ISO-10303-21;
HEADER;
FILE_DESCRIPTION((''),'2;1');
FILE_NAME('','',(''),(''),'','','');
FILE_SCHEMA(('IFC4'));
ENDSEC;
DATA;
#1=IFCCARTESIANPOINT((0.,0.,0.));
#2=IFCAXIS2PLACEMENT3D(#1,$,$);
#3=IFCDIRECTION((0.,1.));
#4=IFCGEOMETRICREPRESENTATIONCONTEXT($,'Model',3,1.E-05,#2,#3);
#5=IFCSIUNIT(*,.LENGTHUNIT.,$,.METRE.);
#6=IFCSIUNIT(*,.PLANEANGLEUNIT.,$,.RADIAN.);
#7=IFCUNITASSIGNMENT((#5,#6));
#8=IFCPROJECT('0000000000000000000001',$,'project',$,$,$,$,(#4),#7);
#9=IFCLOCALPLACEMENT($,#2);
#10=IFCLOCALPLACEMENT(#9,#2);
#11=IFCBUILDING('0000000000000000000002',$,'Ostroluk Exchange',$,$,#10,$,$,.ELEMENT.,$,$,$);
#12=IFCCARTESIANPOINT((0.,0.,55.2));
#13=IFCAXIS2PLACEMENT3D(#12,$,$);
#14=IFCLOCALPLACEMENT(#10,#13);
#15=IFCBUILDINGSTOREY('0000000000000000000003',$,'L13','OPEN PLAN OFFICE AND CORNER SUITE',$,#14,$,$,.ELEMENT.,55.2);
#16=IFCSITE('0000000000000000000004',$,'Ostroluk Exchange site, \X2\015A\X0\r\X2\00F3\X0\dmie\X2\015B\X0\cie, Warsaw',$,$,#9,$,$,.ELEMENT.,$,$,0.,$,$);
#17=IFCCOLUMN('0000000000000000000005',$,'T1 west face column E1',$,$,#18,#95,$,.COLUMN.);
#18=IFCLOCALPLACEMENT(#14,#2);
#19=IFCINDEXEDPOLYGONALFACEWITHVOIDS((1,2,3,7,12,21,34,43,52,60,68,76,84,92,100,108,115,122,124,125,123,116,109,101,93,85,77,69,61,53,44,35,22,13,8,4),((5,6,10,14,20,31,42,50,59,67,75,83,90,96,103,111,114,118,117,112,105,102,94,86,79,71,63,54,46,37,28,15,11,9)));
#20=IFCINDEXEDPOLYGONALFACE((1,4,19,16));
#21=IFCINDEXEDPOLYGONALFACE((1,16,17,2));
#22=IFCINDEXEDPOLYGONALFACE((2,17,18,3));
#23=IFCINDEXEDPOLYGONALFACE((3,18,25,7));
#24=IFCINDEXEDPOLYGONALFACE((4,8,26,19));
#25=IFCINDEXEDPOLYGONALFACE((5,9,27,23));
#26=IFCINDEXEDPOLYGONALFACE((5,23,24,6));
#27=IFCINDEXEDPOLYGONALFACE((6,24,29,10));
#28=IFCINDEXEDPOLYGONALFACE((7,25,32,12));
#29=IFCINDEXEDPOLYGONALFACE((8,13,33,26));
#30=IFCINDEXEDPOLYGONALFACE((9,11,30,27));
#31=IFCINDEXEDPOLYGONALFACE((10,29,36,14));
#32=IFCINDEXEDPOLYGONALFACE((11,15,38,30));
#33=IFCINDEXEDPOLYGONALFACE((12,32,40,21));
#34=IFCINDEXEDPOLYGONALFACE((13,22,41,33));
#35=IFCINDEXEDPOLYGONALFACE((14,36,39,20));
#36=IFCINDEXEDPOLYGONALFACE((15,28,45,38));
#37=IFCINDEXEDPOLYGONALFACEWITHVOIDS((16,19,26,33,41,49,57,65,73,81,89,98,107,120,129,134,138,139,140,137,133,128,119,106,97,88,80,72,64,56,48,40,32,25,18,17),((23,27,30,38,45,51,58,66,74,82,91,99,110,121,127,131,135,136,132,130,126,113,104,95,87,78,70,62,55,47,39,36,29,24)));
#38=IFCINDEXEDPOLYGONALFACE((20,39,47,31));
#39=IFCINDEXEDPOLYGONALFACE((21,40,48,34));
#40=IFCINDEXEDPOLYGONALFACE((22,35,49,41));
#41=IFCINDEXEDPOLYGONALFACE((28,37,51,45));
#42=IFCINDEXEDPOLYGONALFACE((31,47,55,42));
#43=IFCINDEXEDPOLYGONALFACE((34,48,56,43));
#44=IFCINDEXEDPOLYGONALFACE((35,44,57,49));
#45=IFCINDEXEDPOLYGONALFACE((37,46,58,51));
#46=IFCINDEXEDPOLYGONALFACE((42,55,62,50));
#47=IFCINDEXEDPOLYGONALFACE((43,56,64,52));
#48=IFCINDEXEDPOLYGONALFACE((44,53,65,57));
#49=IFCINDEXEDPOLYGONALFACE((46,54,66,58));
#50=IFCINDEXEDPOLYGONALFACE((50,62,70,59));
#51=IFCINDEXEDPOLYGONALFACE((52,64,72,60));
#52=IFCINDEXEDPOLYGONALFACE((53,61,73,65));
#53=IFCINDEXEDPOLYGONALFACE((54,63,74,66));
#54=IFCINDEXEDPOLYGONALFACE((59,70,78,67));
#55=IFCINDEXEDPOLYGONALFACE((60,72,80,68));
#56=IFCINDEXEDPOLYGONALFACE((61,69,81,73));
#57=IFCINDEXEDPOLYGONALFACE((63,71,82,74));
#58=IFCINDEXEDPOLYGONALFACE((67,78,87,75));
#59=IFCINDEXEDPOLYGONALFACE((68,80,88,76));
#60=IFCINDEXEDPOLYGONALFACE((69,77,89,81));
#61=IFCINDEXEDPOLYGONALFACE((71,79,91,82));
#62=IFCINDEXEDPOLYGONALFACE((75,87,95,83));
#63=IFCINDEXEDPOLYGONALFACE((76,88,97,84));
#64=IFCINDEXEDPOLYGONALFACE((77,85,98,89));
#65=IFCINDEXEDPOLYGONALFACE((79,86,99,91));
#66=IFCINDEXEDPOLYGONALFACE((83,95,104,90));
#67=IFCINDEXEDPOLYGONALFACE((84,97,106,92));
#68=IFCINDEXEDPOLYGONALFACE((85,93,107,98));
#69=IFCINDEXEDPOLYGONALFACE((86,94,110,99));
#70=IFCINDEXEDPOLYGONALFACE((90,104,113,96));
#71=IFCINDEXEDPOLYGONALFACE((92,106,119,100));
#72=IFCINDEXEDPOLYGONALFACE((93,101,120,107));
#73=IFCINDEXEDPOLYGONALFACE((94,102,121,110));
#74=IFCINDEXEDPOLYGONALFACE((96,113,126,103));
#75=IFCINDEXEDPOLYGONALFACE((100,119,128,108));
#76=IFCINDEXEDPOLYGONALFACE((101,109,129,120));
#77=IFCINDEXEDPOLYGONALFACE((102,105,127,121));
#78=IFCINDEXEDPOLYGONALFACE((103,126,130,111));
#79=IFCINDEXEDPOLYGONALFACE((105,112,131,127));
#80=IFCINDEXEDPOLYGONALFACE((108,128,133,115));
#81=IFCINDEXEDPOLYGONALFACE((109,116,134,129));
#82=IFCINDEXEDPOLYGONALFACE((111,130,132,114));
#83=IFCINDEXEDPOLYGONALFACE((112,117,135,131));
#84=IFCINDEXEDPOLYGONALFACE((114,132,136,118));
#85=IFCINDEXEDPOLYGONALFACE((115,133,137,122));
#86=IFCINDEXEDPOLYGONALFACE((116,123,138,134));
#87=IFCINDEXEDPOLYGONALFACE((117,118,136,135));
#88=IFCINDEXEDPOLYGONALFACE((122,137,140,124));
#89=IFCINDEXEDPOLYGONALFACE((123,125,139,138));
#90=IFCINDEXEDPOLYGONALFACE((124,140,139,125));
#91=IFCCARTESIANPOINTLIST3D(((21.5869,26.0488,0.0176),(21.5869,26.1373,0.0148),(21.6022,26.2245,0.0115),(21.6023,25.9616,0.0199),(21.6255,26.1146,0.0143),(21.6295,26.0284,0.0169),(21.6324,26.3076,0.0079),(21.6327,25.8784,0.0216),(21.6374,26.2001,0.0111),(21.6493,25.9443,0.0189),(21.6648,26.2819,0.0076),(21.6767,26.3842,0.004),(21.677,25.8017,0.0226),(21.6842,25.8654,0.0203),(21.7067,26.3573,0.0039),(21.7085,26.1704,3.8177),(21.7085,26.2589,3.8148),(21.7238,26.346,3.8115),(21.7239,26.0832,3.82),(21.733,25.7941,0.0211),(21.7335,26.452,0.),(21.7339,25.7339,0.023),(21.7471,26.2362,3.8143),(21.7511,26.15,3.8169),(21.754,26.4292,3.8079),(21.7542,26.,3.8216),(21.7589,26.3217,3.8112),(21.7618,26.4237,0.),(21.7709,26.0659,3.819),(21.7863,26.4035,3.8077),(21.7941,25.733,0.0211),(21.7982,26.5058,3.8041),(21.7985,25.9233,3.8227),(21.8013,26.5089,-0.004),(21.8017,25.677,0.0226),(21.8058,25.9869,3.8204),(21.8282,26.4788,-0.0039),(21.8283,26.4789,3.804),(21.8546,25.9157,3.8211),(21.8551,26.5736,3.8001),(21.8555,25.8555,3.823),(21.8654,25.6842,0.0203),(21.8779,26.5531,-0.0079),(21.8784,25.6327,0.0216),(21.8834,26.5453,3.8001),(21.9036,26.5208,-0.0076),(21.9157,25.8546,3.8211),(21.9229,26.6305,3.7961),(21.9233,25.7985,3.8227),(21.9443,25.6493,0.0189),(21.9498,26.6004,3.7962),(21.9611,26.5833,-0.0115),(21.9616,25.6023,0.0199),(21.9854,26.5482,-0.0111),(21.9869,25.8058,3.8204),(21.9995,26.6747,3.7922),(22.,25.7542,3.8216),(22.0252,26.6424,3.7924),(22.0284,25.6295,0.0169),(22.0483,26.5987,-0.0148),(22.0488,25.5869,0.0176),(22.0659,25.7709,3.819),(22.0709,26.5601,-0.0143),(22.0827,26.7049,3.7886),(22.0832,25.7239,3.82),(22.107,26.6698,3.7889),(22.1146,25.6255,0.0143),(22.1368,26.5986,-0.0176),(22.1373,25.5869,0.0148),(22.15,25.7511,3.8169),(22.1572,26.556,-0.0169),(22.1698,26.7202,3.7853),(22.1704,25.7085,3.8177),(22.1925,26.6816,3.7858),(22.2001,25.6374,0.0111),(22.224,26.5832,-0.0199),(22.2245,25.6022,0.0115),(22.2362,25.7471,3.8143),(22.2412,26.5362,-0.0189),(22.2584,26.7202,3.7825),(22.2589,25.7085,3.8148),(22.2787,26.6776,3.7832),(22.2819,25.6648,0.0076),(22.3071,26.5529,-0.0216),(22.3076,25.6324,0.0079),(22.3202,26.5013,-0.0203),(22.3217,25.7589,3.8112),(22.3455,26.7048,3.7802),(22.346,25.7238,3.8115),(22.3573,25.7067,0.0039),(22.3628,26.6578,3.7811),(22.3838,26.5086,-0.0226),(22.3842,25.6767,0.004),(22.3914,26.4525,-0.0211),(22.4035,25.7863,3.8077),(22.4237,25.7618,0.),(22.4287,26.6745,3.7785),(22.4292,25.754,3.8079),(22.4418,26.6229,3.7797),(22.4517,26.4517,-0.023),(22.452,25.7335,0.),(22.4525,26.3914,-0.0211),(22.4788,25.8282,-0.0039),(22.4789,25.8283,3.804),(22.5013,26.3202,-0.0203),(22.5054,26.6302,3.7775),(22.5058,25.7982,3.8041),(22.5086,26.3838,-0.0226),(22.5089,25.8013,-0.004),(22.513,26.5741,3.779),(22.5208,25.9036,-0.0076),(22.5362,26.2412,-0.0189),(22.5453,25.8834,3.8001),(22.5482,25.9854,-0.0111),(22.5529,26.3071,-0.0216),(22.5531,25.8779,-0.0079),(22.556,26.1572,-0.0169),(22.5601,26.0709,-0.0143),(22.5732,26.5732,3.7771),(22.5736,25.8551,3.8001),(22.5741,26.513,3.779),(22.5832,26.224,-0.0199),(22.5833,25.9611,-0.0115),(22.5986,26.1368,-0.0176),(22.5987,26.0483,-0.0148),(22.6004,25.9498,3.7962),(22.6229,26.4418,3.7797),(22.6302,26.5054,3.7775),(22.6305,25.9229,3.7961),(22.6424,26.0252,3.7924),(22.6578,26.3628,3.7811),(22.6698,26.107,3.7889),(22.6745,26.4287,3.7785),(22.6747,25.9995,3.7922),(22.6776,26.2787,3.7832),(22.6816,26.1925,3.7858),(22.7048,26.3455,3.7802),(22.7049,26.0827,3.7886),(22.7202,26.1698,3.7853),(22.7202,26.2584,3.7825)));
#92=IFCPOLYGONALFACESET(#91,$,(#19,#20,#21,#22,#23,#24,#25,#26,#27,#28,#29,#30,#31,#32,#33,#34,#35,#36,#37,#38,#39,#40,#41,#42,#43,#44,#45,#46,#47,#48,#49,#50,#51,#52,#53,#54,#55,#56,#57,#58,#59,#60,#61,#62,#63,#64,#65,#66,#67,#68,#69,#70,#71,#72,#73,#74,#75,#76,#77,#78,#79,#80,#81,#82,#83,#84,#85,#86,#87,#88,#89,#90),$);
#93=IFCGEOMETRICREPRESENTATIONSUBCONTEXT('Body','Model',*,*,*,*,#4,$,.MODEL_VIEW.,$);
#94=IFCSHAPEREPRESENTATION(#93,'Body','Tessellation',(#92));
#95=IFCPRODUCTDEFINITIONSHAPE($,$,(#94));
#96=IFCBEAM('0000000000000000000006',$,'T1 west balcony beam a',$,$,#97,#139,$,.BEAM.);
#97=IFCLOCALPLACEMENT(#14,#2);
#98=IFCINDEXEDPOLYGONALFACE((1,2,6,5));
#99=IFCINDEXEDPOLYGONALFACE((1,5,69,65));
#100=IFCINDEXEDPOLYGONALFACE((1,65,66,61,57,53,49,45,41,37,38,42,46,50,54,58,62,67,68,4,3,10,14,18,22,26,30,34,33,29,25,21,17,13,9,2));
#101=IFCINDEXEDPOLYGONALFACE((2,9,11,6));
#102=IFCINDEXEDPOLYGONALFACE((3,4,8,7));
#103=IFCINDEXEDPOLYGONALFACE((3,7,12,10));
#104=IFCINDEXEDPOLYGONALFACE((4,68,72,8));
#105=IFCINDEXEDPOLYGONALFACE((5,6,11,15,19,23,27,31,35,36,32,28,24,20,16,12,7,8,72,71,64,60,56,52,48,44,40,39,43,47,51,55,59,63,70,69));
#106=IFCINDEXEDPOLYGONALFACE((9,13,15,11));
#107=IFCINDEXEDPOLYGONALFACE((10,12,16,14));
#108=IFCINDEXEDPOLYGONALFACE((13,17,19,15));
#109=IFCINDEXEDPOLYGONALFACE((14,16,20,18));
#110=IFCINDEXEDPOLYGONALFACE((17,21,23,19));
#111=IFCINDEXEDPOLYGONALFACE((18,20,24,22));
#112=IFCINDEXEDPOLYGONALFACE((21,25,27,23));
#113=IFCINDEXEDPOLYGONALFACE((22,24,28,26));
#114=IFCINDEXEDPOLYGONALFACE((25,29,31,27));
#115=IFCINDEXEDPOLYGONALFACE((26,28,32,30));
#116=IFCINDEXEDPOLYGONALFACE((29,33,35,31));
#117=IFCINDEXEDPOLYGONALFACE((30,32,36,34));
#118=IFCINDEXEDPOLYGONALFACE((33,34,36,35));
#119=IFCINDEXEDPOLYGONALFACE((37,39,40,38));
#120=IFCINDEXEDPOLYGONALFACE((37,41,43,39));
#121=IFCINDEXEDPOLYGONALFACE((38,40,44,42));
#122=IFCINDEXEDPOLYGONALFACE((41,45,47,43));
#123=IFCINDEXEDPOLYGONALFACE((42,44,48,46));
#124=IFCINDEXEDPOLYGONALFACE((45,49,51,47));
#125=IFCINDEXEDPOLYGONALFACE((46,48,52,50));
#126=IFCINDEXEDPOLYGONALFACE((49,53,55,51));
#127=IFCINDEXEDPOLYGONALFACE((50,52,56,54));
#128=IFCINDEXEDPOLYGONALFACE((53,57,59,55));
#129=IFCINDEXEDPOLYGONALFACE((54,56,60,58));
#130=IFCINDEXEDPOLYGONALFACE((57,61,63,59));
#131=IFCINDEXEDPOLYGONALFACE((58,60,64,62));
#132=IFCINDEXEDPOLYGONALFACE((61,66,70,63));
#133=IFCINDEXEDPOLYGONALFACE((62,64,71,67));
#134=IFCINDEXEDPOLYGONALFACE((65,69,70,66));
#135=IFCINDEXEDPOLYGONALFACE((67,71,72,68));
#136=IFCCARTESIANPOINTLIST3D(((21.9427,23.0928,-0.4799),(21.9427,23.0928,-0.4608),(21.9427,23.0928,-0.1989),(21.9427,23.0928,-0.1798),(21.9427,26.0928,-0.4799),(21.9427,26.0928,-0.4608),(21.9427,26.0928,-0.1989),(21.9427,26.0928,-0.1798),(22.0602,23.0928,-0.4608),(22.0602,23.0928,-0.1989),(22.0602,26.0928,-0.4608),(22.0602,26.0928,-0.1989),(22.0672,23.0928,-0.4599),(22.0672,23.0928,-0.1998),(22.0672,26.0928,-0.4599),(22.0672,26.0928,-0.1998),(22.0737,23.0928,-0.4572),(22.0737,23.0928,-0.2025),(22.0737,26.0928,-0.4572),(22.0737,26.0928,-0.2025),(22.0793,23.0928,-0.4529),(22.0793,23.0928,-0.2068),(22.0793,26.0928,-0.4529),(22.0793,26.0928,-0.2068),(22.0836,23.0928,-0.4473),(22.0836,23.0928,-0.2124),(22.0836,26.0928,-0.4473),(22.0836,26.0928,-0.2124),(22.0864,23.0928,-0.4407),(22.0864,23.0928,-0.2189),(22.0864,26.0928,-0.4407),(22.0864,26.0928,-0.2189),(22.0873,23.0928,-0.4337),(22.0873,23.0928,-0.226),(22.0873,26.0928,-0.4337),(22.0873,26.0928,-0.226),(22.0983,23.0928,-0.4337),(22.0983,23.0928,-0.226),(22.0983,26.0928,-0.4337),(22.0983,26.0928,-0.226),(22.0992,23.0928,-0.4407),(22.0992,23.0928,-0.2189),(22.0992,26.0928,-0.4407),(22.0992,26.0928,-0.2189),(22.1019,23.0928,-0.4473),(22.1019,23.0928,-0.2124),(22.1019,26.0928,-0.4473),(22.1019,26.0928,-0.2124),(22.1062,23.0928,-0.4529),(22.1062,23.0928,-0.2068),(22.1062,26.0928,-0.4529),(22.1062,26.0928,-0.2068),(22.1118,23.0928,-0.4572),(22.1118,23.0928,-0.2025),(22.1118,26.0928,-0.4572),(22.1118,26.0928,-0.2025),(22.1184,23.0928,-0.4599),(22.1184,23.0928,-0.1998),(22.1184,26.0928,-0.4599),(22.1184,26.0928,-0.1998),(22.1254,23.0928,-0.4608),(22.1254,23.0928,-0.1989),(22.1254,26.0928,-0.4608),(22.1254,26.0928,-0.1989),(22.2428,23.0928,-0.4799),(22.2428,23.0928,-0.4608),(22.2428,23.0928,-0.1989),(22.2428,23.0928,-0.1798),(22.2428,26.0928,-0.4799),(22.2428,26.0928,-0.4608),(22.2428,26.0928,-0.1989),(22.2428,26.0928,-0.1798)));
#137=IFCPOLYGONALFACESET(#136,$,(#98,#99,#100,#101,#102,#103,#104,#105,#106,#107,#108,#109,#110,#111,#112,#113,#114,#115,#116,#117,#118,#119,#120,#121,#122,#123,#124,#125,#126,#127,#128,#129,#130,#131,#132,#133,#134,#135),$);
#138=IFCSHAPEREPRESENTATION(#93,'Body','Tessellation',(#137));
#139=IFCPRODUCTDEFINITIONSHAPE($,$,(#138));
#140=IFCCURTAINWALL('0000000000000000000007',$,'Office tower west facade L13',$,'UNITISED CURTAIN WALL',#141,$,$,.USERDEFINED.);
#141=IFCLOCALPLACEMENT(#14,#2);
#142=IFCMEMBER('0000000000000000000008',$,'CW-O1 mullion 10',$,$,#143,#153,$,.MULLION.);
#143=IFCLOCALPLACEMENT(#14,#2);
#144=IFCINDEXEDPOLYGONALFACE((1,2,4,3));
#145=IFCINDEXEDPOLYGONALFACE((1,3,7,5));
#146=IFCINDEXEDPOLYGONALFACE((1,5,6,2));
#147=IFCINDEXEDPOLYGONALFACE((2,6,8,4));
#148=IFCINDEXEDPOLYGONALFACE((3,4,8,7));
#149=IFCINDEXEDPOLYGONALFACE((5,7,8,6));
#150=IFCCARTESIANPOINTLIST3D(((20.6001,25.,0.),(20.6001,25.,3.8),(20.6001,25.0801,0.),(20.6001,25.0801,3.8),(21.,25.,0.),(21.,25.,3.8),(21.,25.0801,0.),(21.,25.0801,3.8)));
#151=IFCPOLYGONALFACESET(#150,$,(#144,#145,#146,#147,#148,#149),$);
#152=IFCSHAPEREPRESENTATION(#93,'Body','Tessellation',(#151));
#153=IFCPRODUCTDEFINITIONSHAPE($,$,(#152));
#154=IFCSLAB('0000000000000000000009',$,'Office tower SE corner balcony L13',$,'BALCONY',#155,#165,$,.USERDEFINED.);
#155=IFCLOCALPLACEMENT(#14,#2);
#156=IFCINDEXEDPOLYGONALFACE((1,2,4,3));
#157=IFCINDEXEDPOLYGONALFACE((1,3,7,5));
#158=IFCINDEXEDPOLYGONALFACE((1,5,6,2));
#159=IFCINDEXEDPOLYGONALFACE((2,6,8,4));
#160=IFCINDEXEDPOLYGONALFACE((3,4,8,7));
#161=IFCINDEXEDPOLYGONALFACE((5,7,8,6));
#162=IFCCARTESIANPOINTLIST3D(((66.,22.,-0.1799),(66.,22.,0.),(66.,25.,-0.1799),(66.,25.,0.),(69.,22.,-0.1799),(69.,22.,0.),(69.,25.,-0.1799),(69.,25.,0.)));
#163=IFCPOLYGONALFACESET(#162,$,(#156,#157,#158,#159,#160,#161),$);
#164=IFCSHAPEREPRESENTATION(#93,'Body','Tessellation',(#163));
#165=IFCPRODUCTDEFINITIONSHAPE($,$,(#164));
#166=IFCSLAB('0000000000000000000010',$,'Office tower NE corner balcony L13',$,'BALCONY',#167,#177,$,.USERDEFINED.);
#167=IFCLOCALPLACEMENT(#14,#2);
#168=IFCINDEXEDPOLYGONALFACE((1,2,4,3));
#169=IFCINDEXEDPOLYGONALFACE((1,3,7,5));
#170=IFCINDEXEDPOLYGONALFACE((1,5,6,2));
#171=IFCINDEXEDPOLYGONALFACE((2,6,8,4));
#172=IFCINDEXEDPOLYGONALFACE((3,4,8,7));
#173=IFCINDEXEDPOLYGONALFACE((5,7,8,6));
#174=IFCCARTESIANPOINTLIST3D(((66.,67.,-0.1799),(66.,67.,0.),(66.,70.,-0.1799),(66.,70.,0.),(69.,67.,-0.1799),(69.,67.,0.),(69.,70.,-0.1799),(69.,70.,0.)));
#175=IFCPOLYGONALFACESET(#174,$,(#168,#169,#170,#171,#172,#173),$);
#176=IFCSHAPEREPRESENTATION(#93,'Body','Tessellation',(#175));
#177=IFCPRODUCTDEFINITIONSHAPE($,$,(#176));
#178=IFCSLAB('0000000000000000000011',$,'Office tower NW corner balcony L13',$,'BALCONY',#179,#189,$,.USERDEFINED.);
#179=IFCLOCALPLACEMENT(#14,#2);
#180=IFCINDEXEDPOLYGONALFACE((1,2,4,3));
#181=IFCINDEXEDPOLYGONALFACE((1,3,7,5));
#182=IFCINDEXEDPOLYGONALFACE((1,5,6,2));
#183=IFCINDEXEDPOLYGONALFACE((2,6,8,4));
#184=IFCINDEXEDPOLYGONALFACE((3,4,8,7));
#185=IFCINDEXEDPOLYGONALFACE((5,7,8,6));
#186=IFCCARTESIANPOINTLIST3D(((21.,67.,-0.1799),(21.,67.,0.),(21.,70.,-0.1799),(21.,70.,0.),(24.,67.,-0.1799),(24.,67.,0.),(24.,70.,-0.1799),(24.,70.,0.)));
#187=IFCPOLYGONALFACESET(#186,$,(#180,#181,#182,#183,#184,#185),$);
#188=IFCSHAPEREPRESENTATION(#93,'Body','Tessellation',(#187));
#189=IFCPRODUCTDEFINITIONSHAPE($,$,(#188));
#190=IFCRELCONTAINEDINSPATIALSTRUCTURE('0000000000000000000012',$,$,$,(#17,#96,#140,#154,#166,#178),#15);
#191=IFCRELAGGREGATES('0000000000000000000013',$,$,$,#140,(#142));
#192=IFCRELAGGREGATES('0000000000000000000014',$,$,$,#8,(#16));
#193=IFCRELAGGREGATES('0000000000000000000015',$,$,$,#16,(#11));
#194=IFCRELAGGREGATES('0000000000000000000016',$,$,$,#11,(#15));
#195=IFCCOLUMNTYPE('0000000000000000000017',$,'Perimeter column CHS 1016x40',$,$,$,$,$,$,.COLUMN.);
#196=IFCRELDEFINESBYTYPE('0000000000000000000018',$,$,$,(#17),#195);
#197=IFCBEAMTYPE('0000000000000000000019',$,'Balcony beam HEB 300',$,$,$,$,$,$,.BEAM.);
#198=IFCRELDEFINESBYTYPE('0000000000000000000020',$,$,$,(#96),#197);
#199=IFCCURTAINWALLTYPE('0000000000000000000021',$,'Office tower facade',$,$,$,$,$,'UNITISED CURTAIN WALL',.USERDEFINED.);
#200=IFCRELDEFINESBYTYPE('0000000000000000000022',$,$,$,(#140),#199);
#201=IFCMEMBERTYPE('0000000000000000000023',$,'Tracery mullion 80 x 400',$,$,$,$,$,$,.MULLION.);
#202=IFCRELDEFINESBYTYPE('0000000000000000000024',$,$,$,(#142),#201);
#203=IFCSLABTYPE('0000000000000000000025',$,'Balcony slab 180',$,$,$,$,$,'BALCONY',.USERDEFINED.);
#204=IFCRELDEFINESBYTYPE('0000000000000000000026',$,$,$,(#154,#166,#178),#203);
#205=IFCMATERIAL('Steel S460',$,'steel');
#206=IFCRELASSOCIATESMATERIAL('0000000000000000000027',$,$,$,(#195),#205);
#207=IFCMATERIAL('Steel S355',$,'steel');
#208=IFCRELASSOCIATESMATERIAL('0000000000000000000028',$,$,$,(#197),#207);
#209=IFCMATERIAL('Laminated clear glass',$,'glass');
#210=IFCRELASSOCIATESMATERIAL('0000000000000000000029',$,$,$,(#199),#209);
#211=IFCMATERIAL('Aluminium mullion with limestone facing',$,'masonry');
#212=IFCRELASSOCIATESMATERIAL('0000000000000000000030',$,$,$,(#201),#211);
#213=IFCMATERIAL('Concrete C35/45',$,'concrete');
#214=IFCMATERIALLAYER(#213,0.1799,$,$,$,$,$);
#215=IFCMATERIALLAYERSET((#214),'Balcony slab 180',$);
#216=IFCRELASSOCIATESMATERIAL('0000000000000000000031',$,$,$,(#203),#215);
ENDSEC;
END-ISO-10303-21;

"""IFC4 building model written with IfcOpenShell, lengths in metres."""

from ifc_helpers import new_model, si_unit, direction, frame, origin, origin_2d, place, context, subcontext, project, spatial, polyline, rectangle, hollow_circle, i_section, outline, extrude, material, layer, layer_set, material_profile, profile_set, type_object, element, aggregate, save


model = new_model("IFC4")

# Units and contexts
model_context = context("Model", 3, precision=1e-05, world=origin(), true_north=direction((0.0, 1.0)))
body_context = subcontext(model_context, "Body", "Model", "MODEL_VIEW")
ifc_project = project(units=[si_unit("LENGTHUNIT", "METRE"), si_unit("PLANEANGLEUNIT", "RADIAN")], contexts=[model_context])

# Site, building, storey
site_placement = place(None, origin())
site = spatial("IfcSite", under=ifc_project, at=site_placement, Name="Ostroluk Exchange site, Śródmieście, Warsaw", CompositionType="ELEMENT", RefElevation=0.0)
building_placement = place(site_placement, origin())
building = spatial("IfcBuilding", under=site, at=building_placement, Name="Ostroluk Exchange", CompositionType="ELEMENT")
storey_placement = place(building_placement, frame((0.0, 0.0, 55.2)))
storey = spatial("IfcBuildingStorey", under=building, at=storey_placement, Name="L13", Description="OPEN PLAN OFFICE AND CORNER SUITE", CompositionType="ELEMENT", Elevation=55.2)

# Column
ifc_material_1 = material(Name="Steel S460", Category="steel")
ifc_material_profile_1 = material_profile(ifc_material_1, hollow_circle(Radius=0.5081, WallThickness=0.04, at=origin_2d()), Name="CHS 1016x40")
ifc_profile_set_1 = profile_set([ifc_material_profile_1], Name="Steel S460")
column_type = type_object("IfcColumnType", Name="Perimeter column CHS 1016x40", PredefinedType="COLUMN", material=ifc_profile_set_1)
column_placement = place(storey_placement, frame((22.0928, 26.0928, 0.0), z_axis=(0.031962, 0.031962, 0.998978), x_axis=(-0.707107, 0.707107, 0.0)))
element("IfcColumn", 1, at=column_placement, inside=storey, type_object=column_type, Name="T1 west face column E1", PredefinedType="COLUMN", context=body_context, shape_type="SweptSolid", body=[
    extrude(hollow_circle(Radius=0.5081, WallThickness=0.04, at=origin_2d()), origin(), (0.0, 0.0, 1.0), 3.804),
])

# Beam
ifc_material_2 = material(Name="Steel S355", Category="steel")
ifc_material_profile_2 = material_profile(ifc_material_2, i_section(OverallWidth=0.3, OverallDepth=0.3, WebThickness=0.011, FlangeThickness=0.019, FilletRadius=0.0271, at=origin_2d()), Name="HEB 300")
ifc_profile_set_2 = profile_set([ifc_material_profile_2], Name="Steel S355")
beam_type = type_object("IfcBeamType", Name="Balcony beam HEB 300", PredefinedType="BEAM", material=ifc_profile_set_2)
beam_placement = place(storey_placement, frame((22.0928, 26.0928, -0.3298), z_axis=(0.0, -1.0, 0.0), x_axis=(1.0, 0.0, 0.0)))
element("IfcBeam", 2, at=beam_placement, inside=storey, type_object=beam_type, Name="T1 west balcony beam a", PredefinedType="BEAM", context=body_context, shape_type="SweptSolid", body=[
    extrude(i_section(OverallWidth=0.3, OverallDepth=0.3, WebThickness=0.011, FlangeThickness=0.019, FilletRadius=0.0271, at=origin_2d()), origin(), (0.0, 0.0, 1.0), 3.0),
])

# Curtain wall, member
ifc_material_3 = material(Name="Laminated clear glass", Category="glass")
curtain_wall_type = type_object("IfcCurtainWallType", Name="Office tower facade", ElementType="UNITISED CURTAIN WALL", PredefinedType="USERDEFINED", material=ifc_material_3)
curtain_wall_placement = place(storey_placement, origin())
curtain_wall = element("IfcCurtainWall", 3, at=curtain_wall_placement, inside=storey, type_object=curtain_wall_type, Name="Office tower west facade L13", ObjectType="UNITISED CURTAIN WALL", PredefinedType="USERDEFINED")
ifc_material_4 = material(Name="Aluminium mullion with limestone facing", Category="masonry")
ifc_material_profile_3 = material_profile(ifc_material_4, rectangle(XDim=0.3999, YDim=0.0801, at=origin_2d()), Name="Tracery mullion 80 x 400")
ifc_profile_set_3 = profile_set([ifc_material_profile_3], Name="Aluminium mullion with limestone facing")
member_type = type_object("IfcMemberType", Name="Tracery mullion 80 x 400", PredefinedType="MULLION", material=ifc_profile_set_3)
member_placement = place(storey_placement, frame((20.8, 25.04, 0.0), z_axis=(0.0, 0.0, 1.0), x_axis=(1.0, 0.0, 0.0)))
member = element("IfcMember", 4, at=member_placement, type_object=member_type, Name="CW-O1 mullion 10", PredefinedType="MULLION", context=body_context, shape_type="SweptSolid", body=[
    extrude(rectangle(XDim=0.3999, YDim=0.0801, at=origin_2d()), origin(), (0.0, 0.0, 1.0), 3.8),
])
aggregate(curtain_wall, [member])

# Slabs
ifc_material_5 = material(Name="Concrete C35/45", Category="concrete")
ifc_layer_1 = layer(ifc_material_5, 0.1799)
ifc_layer_set_1 = layer_set([ifc_layer_1], Name="Balcony slab 180")
slab_type_1 = type_object("IfcSlabType", Name="Balcony slab 180", ElementType="BALCONY", PredefinedType="USERDEFINED", material=ifc_layer_set_1)
slab_1_placement = place(storey_placement, frame((0.0, 0.0, -0.1799)))
element("IfcSlab", 5, at=slab_1_placement, inside=storey, type_object=slab_type_1, Name="Office tower SE corner balcony L13", ObjectType="BALCONY", PredefinedType="USERDEFINED", context=body_context, shape_type="SweptSolid", body=[
    extrude(outline(polyline([(66.0, 22.0), (69.0, 22.0), (69.0, 25.0), (66.0, 25.0), (66.0, 22.0)])), origin(), (0.0, 0.0, 1.0), 0.1799),
])
slab_2_placement = place(storey_placement, frame((0.0, 0.0, -0.1799)))
element("IfcSlab", 6, at=slab_2_placement, inside=storey, type_object=slab_type_1, Name="Office tower NE corner balcony L13", ObjectType="BALCONY", PredefinedType="USERDEFINED", context=body_context, shape_type="SweptSolid", body=[
    extrude(outline(polyline([(66.0, 67.0), (69.0, 67.0), (69.0, 70.0), (66.0, 70.0), (66.0, 67.0)])), origin(), (0.0, 0.0, 1.0), 0.1799),
])
slab_3_placement = place(storey_placement, frame((0.0, 0.0, -0.1799)))
element("IfcSlab", 7, at=slab_3_placement, inside=storey, type_object=slab_type_1, Name="Office tower NW corner balcony L13", ObjectType="BALCONY", PredefinedType="USERDEFINED", context=body_context, shape_type="SweptSolid", body=[
    extrude(outline(polyline([(21.0, 67.0), (24.0, 67.0), (24.0, 70.0), (21.0, 70.0), (21.0, 67.0)])), origin(), (0.0, 0.0, 1.0), 0.1799),
])

save(model, "model.ifc")
